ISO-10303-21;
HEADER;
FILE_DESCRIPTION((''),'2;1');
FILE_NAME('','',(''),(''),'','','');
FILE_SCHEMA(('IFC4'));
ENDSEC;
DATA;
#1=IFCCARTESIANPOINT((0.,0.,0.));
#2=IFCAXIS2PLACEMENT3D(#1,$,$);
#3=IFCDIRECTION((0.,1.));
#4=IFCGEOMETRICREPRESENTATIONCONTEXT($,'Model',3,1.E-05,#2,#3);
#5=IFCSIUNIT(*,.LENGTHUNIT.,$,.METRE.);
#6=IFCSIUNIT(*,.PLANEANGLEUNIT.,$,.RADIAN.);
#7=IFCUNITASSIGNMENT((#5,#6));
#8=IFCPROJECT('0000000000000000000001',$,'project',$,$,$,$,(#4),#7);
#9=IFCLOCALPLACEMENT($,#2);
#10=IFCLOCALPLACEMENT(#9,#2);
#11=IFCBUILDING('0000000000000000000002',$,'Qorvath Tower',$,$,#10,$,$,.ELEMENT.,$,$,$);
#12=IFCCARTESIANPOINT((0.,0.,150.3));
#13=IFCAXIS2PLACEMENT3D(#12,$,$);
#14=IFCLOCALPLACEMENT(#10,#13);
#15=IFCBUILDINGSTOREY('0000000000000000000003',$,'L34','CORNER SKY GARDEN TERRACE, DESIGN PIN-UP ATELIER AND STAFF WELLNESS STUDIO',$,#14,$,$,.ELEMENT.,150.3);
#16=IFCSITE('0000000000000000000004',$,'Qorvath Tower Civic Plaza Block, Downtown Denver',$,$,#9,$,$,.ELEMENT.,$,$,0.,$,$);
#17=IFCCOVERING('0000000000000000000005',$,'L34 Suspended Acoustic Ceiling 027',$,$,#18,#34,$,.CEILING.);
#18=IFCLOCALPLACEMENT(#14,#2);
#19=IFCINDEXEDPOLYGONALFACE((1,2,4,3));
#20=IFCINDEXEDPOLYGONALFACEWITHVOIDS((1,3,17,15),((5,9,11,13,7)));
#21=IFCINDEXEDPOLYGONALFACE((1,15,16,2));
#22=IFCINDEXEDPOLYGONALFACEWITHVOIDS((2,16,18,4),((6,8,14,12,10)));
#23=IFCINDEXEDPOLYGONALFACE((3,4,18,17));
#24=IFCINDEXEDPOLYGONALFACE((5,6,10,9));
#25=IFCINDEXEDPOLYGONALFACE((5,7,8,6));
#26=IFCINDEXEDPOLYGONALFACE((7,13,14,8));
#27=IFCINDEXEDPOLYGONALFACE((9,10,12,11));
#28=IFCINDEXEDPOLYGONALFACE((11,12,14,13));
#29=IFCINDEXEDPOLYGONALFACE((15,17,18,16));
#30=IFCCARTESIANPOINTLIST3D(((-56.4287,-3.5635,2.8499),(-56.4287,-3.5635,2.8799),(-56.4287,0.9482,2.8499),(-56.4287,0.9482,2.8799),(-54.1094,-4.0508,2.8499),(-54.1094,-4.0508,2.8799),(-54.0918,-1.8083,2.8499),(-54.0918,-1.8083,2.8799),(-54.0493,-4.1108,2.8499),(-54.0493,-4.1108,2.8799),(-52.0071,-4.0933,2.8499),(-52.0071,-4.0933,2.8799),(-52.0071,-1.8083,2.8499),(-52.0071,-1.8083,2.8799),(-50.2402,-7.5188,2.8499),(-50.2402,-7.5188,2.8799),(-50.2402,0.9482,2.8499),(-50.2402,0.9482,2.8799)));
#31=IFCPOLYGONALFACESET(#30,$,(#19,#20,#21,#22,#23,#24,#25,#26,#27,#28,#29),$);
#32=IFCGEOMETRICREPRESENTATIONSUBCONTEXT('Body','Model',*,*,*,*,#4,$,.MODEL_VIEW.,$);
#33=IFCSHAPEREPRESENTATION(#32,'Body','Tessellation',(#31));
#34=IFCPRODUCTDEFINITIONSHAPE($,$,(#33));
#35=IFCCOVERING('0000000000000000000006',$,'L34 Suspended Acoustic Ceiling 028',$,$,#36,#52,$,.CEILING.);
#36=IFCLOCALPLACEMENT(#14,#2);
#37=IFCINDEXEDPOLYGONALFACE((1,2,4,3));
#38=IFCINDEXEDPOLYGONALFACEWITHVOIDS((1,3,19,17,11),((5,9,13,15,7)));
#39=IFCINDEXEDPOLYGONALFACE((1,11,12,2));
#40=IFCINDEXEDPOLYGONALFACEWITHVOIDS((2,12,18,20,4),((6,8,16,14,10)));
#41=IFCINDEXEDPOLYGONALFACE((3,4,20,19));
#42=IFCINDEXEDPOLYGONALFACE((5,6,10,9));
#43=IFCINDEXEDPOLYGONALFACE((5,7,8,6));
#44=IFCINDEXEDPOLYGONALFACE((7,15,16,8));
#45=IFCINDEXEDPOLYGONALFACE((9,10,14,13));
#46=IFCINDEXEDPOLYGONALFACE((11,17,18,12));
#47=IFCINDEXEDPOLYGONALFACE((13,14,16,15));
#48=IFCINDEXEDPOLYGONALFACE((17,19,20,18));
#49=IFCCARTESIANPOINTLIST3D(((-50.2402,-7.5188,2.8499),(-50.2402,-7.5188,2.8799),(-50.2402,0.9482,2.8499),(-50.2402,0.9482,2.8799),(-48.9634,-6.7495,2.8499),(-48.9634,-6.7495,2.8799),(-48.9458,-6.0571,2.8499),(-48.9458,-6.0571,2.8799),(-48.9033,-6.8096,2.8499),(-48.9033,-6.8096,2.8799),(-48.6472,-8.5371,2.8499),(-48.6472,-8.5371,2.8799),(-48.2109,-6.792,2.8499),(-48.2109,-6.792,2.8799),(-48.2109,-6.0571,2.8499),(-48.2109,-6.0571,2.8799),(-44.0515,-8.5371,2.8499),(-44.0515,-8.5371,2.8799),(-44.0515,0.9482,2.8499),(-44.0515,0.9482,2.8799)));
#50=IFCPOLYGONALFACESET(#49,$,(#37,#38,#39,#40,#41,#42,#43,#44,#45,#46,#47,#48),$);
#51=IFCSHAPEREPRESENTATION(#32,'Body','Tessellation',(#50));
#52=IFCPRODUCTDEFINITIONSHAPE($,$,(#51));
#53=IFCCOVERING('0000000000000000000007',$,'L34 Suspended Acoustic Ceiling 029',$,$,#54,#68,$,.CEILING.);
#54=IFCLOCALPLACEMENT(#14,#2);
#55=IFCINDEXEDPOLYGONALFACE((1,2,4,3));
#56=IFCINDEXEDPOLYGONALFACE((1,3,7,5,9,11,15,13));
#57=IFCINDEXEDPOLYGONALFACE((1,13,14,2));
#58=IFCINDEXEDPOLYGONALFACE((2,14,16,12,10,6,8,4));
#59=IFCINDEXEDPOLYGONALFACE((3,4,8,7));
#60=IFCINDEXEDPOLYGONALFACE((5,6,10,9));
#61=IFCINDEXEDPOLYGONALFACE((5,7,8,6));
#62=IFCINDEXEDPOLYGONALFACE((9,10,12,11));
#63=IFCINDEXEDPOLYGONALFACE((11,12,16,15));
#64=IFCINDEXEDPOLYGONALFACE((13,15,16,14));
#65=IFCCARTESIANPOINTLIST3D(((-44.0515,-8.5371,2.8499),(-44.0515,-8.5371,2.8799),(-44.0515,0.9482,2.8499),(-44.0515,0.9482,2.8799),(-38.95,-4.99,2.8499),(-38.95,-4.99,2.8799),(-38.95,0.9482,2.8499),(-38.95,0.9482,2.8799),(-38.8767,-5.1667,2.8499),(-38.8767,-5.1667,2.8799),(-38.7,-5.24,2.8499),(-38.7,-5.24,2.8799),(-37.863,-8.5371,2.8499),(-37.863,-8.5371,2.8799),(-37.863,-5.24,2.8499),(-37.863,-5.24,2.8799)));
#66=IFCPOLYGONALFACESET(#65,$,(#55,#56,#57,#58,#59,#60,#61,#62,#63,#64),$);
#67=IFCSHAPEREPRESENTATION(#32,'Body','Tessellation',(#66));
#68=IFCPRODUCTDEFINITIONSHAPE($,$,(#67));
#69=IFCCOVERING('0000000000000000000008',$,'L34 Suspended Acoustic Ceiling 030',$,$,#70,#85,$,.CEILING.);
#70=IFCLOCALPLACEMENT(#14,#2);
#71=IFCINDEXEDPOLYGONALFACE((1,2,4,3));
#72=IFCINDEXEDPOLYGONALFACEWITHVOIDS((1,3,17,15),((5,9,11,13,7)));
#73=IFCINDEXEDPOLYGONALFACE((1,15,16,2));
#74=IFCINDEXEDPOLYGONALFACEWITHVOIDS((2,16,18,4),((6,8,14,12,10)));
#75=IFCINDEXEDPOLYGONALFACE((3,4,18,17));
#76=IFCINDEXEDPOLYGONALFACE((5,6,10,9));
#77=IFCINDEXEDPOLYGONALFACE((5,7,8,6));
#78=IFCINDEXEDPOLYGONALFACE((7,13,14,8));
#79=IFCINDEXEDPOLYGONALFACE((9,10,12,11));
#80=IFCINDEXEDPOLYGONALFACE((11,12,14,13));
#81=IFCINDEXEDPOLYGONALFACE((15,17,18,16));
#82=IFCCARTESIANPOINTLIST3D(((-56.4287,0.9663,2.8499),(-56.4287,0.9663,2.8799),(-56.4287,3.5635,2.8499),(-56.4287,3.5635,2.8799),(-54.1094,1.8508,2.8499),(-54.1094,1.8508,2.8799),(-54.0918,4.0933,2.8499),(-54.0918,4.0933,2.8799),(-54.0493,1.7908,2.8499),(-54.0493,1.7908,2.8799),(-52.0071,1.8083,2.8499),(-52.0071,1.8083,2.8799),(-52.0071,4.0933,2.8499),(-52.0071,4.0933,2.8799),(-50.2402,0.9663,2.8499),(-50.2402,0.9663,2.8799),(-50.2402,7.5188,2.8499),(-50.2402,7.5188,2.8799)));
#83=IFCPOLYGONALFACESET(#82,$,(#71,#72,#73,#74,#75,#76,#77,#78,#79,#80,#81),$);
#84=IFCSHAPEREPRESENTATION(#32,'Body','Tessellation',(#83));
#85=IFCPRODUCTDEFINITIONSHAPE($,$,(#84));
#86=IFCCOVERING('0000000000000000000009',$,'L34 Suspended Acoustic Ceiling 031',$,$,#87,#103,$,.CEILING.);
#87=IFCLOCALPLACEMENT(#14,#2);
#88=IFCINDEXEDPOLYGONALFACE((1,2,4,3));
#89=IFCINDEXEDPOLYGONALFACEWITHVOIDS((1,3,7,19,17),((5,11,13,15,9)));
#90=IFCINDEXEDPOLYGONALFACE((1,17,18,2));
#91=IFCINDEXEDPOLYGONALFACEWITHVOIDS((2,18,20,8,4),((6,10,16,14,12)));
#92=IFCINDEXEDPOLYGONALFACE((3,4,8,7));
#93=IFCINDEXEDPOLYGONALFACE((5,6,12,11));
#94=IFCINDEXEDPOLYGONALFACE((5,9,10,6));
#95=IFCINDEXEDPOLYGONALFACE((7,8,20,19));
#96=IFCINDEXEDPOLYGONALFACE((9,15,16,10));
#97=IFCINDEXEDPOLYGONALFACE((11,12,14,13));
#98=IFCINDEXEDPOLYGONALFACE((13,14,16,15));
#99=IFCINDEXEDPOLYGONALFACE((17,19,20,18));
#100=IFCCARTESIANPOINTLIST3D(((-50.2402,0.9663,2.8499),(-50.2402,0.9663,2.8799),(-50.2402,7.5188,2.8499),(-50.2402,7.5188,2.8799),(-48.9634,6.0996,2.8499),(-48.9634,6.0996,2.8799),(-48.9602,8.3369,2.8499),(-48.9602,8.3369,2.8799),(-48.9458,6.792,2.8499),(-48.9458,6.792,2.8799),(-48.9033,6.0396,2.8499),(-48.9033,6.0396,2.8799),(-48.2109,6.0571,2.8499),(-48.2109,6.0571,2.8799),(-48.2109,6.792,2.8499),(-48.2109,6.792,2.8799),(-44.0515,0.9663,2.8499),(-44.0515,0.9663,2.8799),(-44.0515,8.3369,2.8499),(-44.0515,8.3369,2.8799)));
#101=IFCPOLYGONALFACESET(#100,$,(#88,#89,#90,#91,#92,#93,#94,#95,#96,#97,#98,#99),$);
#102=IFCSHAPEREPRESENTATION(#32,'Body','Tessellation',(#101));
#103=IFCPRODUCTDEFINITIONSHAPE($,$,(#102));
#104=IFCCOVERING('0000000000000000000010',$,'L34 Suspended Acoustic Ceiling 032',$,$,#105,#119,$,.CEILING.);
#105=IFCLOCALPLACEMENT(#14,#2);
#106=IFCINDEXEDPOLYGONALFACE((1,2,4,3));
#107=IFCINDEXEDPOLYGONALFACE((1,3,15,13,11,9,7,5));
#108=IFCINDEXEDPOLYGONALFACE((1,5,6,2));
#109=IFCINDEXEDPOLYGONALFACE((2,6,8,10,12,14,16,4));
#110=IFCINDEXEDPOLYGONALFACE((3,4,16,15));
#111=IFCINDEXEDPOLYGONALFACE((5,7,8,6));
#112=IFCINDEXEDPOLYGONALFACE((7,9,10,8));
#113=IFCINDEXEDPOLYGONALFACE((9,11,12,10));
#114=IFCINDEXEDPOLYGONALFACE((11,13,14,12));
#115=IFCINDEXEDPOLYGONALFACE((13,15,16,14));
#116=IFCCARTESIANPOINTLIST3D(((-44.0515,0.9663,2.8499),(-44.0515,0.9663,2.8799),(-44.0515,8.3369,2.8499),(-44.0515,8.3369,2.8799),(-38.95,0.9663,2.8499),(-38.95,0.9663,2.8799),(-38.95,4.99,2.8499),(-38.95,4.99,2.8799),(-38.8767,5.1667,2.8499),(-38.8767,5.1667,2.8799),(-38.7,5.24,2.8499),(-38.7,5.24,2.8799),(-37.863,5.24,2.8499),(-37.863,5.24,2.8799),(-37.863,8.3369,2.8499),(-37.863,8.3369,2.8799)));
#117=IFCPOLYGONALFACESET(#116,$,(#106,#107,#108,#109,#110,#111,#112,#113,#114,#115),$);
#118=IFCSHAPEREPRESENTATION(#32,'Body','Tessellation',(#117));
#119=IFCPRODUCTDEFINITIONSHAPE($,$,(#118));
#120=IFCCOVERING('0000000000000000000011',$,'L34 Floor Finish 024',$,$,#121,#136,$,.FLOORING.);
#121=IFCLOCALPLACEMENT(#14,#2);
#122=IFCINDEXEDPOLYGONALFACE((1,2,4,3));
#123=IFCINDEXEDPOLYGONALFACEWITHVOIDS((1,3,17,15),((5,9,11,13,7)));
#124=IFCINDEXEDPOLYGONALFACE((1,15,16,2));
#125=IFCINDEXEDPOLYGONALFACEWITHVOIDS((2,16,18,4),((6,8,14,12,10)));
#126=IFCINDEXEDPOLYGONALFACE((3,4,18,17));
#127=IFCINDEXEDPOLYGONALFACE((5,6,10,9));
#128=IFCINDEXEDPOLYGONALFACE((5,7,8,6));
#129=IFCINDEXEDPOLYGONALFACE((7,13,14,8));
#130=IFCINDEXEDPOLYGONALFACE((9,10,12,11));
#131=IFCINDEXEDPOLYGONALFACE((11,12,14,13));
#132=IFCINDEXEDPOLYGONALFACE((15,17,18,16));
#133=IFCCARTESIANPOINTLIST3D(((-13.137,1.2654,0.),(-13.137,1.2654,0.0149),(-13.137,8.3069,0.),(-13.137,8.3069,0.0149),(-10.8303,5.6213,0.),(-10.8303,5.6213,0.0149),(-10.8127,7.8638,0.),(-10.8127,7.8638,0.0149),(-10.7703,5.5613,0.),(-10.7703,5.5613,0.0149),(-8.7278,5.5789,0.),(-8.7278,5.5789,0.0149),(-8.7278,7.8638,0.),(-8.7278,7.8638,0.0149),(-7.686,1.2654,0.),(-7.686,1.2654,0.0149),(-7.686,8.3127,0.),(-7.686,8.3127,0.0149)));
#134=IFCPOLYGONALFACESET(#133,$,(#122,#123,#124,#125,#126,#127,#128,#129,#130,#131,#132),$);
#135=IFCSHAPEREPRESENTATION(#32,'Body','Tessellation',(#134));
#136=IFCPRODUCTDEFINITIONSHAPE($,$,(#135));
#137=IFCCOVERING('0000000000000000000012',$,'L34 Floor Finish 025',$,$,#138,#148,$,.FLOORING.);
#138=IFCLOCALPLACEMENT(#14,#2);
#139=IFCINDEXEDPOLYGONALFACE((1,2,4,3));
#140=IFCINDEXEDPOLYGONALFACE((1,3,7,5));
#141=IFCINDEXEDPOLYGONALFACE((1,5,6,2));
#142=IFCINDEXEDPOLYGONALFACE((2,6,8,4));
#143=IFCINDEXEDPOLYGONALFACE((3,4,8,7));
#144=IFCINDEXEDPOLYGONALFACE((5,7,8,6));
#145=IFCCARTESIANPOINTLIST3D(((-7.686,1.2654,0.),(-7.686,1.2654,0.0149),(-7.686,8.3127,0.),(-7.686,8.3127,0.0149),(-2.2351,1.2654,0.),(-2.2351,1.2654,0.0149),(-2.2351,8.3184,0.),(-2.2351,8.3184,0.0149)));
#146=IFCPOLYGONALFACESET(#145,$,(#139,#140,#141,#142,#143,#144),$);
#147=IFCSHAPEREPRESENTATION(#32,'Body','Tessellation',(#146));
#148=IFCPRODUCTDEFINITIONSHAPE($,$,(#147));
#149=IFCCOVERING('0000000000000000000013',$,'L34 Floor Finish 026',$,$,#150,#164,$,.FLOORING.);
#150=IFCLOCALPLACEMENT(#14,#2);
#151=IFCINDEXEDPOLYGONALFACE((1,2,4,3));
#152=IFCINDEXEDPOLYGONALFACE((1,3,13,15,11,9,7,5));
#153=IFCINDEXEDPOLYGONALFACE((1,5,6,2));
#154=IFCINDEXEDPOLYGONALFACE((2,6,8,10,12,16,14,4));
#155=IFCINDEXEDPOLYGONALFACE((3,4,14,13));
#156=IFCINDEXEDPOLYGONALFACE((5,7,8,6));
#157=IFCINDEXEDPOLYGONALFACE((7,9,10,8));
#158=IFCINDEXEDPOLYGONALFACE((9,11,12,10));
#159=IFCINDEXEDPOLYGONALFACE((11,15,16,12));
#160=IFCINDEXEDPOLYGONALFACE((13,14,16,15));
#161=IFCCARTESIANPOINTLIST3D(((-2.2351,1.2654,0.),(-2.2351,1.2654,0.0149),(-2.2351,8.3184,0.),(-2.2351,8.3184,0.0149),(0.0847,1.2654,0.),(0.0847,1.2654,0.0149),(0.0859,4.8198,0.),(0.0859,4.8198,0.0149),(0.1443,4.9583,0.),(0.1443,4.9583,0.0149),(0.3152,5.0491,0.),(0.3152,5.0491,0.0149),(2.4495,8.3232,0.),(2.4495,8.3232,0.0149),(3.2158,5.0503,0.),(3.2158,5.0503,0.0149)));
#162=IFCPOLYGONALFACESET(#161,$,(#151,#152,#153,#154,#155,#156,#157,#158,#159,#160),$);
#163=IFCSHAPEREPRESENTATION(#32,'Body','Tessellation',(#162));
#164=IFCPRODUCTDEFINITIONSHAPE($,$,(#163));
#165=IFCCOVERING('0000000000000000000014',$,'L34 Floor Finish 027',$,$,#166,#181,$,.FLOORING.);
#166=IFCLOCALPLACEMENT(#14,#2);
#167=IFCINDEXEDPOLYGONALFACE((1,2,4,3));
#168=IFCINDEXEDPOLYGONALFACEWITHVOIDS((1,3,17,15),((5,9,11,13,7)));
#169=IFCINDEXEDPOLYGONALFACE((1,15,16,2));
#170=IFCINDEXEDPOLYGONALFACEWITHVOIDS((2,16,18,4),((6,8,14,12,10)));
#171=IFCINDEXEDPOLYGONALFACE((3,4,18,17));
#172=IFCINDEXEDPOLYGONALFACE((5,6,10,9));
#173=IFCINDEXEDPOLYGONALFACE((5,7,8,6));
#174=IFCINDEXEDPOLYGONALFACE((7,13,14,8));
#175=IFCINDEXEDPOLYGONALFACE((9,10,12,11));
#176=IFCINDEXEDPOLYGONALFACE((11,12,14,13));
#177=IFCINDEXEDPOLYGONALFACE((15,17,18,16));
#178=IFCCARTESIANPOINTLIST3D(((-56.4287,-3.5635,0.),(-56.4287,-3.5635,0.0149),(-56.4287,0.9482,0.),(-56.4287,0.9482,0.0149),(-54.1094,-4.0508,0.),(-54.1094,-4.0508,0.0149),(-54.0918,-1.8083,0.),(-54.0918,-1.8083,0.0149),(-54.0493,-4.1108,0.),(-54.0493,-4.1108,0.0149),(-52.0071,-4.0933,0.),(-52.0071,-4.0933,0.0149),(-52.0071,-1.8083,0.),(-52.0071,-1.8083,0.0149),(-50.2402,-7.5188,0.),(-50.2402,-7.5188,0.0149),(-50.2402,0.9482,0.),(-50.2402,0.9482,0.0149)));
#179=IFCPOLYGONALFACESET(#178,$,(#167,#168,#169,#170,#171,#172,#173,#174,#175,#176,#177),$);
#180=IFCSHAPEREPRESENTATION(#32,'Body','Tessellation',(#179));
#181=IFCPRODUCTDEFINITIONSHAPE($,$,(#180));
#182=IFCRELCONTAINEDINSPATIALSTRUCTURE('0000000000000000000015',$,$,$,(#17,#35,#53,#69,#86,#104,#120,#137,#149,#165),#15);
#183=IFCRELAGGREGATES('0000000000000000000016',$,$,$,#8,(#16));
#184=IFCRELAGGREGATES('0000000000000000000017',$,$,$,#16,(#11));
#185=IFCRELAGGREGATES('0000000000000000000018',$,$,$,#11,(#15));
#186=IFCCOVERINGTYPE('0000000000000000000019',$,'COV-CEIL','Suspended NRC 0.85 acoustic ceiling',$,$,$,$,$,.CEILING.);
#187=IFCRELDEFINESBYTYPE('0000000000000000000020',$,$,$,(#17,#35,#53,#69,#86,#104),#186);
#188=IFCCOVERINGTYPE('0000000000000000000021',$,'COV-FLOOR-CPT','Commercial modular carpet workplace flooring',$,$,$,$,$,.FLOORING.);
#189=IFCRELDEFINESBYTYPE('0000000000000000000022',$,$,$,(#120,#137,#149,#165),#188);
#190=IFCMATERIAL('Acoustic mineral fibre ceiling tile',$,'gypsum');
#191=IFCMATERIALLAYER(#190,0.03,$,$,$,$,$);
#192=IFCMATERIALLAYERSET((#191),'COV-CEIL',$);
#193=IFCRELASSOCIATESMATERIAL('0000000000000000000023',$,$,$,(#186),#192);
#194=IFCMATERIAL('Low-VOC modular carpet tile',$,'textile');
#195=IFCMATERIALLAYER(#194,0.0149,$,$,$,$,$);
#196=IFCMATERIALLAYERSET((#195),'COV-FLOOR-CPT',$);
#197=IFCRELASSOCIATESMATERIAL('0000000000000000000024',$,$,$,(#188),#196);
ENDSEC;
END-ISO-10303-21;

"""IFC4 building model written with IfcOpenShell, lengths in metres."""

from ifc_helpers import new_model, si_unit, direction, frame, origin, place, context, subcontext, project, spatial, polyline, outline, extrude, material, layer, layer_set, type_object, element, save


model = new_model("IFC4")

# Units and contexts
model_context = context("Model", 3, precision=1e-05, world=origin(), true_north=direction((0.0, 1.0)))
body_context = subcontext(model_context, "Body", "Model", "MODEL_VIEW")
ifc_project = project(units=[si_unit("LENGTHUNIT", "METRE"), si_unit("PLANEANGLEUNIT", "RADIAN")], contexts=[model_context])

# Site, building, storey
site_placement = place(None, origin())
site = spatial("IfcSite", under=ifc_project, at=site_placement, Name="Qorvath Tower Civic Plaza Block, Downtown Denver", CompositionType="ELEMENT", RefElevation=0.0)
building_placement = place(site_placement, origin())
building = spatial("IfcBuilding", under=site, at=building_placement, Name="Qorvath Tower", CompositionType="ELEMENT")
storey_placement = place(building_placement, frame((0.0, 0.0, 150.3)))
storey = spatial("IfcBuildingStorey", under=building, at=storey_placement, Name="L34", Description="CORNER SKY GARDEN TERRACE, DESIGN PIN-UP ATELIER AND STAFF WELLNESS STUDIO", CompositionType="ELEMENT", Elevation=150.3)

# Coverings
ifc_material_1 = material(Name="Acoustic mineral fibre ceiling tile", Category="gypsum")
ifc_layer_1 = layer(ifc_material_1, 0.03)
ifc_layer_set_1 = layer_set([ifc_layer_1], Name="COV-CEIL")
covering_type_1 = type_object("IfcCoveringType", Name="COV-CEIL", Description="Suspended NRC 0.85 acoustic ceiling", PredefinedType="CEILING", material=ifc_layer_set_1)
covering_1_placement = place(storey_placement, frame((0.0, 0.0, 2.8499)))
element("IfcCovering", 1, at=covering_1_placement, inside=storey, type_object=covering_type_1, Name="L34 Suspended Acoustic Ceiling 027", PredefinedType="CEILING", context=body_context, shape_type="SweptSolid", body=[
    extrude(outline(polyline([(-50.2402, -7.5188), (-50.2402, 0.9482), (-56.4287, 0.9482), (-56.4287, -3.5635), (-50.2402, -7.5188)]), holes=[polyline([(-54.1094, -4.0508), (-54.0918, -1.8083), (-52.0071, -1.8083), (-52.0071, -4.0933), (-54.0493, -4.1108), (-54.1094, -4.0508)])]), origin(), (0.0, 0.0, 1.0), 0.03),
])
covering_2_placement = place(storey_placement, frame((0.0, 0.0, 2.8499)))
element("IfcCovering", 2, at=covering_2_placement, inside=storey, type_object=covering_type_1, Name="L34 Suspended Acoustic Ceiling 028", PredefinedType="CEILING", context=body_context, shape_type="SweptSolid", body=[
    extrude(outline(polyline([(-44.0515, -8.5371), (-44.0515, 0.9482), (-50.2402, 0.9482), (-50.2402, -7.5188), (-48.6472, -8.5371), (-44.0515, -8.5371)]), holes=[polyline([(-48.9634, -6.7495), (-48.9458, -6.0571), (-48.2109, -6.0571), (-48.2109, -6.792), (-48.9033, -6.8096), (-48.9634, -6.7495)])]), origin(), (0.0, 0.0, 1.0), 0.03),
])
covering_3_placement = place(storey_placement, frame((0.0, 0.0, 2.8499)))
element("IfcCovering", 3, at=covering_3_placement, inside=storey, type_object=covering_type_1, Name="L34 Suspended Acoustic Ceiling 029", PredefinedType="CEILING", context=body_context, shape_type="SweptSolid", body=[
    extrude(outline(polyline([(-38.95, 0.9482), (-44.0515, 0.9482), (-44.0515, -8.5371), (-37.863, -8.5371), (-37.863, -5.24), (-38.7, -5.24), (-38.8767, -5.1667), (-38.95, -4.99), (-38.95, 0.9482)])), origin(), (0.0, 0.0, 1.0), 0.03),
])
covering_4_placement = place(storey_placement, frame((0.0, 0.0, 2.8499)))
element("IfcCovering", 4, at=covering_4_placement, inside=storey, type_object=covering_type_1, Name="L34 Suspended Acoustic Ceiling 030", PredefinedType="CEILING", context=body_context, shape_type="SweptSolid", body=[
    extrude(outline(polyline([(-50.2402, 0.9663), (-50.2402, 7.5188), (-56.4287, 3.5635), (-56.4287, 0.9663), (-50.2402, 0.9663)]), holes=[polyline([(-54.1094, 1.8508), (-54.0918, 4.0933), (-52.0071, 4.0933), (-52.0071, 1.8083), (-54.0493, 1.7908), (-54.1094, 1.8508)])]), origin(), (0.0, 0.0, 1.0), 0.03),
])
covering_5_placement = place(storey_placement, frame((0.0, 0.0, 2.8499)))
element("IfcCovering", 5, at=covering_5_placement, inside=storey, type_object=covering_type_1, Name="L34 Suspended Acoustic Ceiling 031", PredefinedType="CEILING", context=body_context, shape_type="SweptSolid", body=[
    extrude(outline(polyline([(-44.0515, 0.9663), (-44.0515, 8.3369), (-48.9602, 8.3369), (-50.2402, 7.5188), (-50.2402, 0.9663), (-44.0515, 0.9663)]), holes=[polyline([(-48.9634, 6.0996), (-48.9458, 6.792), (-48.2109, 6.792), (-48.2109, 6.0571), (-48.9033, 6.0396), (-48.9634, 6.0996)])]), origin(), (0.0, 0.0, 1.0), 0.03),
])
covering_6_placement = place(storey_placement, frame((0.0, 0.0, 2.8499)))
element("IfcCovering", 6, at=covering_6_placement, inside=storey, type_object=covering_type_1, Name="L34 Suspended Acoustic Ceiling 032", PredefinedType="CEILING", context=body_context, shape_type="SweptSolid", body=[
    extrude(outline(polyline([(-37.863, 8.3369), (-44.0515, 8.3369), (-44.0515, 0.9663), (-38.95, 0.9663), (-38.95, 4.99), (-38.8767, 5.1667), (-38.7, 5.24), (-37.863, 5.24), (-37.863, 8.3369)])), origin(), (0.0, 0.0, 1.0), 0.03),
])
ifc_material_2 = material(Name="Low-VOC modular carpet tile", Category="textile")
ifc_layer_2 = layer(ifc_material_2, 0.0149)
ifc_layer_set_2 = layer_set([ifc_layer_2], Name="COV-FLOOR-CPT")
covering_type_2 = type_object("IfcCoveringType", Name="COV-FLOOR-CPT", Description="Commercial modular carpet workplace flooring", PredefinedType="FLOORING", material=ifc_layer_set_2)
covering_7_placement = place(storey_placement, origin())
element("IfcCovering", 7, at=covering_7_placement, inside=storey, type_object=covering_type_2, Name="L34 Floor Finish 024", PredefinedType="FLOORING", context=body_context, shape_type="SweptSolid", body=[
    extrude(outline(polyline([(-7.686, 1.2654), (-7.686, 8.3127), (-13.137, 8.3069), (-13.137, 1.2654), (-7.686, 1.2654)]), holes=[polyline([(-10.8303, 5.6213), (-10.8127, 7.8638), (-8.7278, 7.8638), (-8.7278, 5.5789), (-10.7703, 5.5613), (-10.8303, 5.6213)])]), origin(), (0.0, 0.0, 1.0), 0.0149),
])
covering_8_placement = place(storey_placement, origin())
element("IfcCovering", 8, at=covering_8_placement, inside=storey, type_object=covering_type_2, Name="L34 Floor Finish 025", PredefinedType="FLOORING", context=body_context, shape_type="SweptSolid", body=[
    extrude(outline(polyline([(-2.2351, 1.2654), (-2.2351, 8.3184), (-7.686, 8.3127), (-7.686, 1.2654), (-2.2351, 1.2654)])), origin(), (0.0, 0.0, 1.0), 0.0149),
])
covering_9_placement = place(storey_placement, origin())
element("IfcCovering", 9, at=covering_9_placement, inside=storey, type_object=covering_type_2, Name="L34 Floor Finish 026", PredefinedType="FLOORING", context=body_context, shape_type="SweptSolid", body=[
    extrude(outline(polyline([(0.1443, 4.9583), (0.3152, 5.0491), (3.2158, 5.0503), (2.4495, 8.3232), (-2.2351, 8.3184), (-2.2351, 1.2654), (0.0847, 1.2654), (0.0859, 4.8198), (0.1443, 4.9583)])), origin(), (0.0, 0.0, 1.0), 0.0149),
])
covering_10_placement = place(storey_placement, origin())
element("IfcCovering", 10, at=covering_10_placement, inside=storey, type_object=covering_type_2, Name="L34 Floor Finish 027", PredefinedType="FLOORING", context=body_context, shape_type="SweptSolid", body=[
    extrude(outline(polyline([(-50.2402, -7.5188), (-50.2402, 0.9482), (-56.4287, 0.9482), (-56.4287, -3.5635), (-50.2402, -7.5188)]), holes=[polyline([(-54.1094, -4.0508), (-54.0918, -1.8083), (-52.0071, -1.8083), (-52.0071, -4.0933), (-54.0493, -4.1108), (-54.1094, -4.0508)])]), origin(), (0.0, 0.0, 1.0), 0.0149),
])

save(model, "model.ifc")
